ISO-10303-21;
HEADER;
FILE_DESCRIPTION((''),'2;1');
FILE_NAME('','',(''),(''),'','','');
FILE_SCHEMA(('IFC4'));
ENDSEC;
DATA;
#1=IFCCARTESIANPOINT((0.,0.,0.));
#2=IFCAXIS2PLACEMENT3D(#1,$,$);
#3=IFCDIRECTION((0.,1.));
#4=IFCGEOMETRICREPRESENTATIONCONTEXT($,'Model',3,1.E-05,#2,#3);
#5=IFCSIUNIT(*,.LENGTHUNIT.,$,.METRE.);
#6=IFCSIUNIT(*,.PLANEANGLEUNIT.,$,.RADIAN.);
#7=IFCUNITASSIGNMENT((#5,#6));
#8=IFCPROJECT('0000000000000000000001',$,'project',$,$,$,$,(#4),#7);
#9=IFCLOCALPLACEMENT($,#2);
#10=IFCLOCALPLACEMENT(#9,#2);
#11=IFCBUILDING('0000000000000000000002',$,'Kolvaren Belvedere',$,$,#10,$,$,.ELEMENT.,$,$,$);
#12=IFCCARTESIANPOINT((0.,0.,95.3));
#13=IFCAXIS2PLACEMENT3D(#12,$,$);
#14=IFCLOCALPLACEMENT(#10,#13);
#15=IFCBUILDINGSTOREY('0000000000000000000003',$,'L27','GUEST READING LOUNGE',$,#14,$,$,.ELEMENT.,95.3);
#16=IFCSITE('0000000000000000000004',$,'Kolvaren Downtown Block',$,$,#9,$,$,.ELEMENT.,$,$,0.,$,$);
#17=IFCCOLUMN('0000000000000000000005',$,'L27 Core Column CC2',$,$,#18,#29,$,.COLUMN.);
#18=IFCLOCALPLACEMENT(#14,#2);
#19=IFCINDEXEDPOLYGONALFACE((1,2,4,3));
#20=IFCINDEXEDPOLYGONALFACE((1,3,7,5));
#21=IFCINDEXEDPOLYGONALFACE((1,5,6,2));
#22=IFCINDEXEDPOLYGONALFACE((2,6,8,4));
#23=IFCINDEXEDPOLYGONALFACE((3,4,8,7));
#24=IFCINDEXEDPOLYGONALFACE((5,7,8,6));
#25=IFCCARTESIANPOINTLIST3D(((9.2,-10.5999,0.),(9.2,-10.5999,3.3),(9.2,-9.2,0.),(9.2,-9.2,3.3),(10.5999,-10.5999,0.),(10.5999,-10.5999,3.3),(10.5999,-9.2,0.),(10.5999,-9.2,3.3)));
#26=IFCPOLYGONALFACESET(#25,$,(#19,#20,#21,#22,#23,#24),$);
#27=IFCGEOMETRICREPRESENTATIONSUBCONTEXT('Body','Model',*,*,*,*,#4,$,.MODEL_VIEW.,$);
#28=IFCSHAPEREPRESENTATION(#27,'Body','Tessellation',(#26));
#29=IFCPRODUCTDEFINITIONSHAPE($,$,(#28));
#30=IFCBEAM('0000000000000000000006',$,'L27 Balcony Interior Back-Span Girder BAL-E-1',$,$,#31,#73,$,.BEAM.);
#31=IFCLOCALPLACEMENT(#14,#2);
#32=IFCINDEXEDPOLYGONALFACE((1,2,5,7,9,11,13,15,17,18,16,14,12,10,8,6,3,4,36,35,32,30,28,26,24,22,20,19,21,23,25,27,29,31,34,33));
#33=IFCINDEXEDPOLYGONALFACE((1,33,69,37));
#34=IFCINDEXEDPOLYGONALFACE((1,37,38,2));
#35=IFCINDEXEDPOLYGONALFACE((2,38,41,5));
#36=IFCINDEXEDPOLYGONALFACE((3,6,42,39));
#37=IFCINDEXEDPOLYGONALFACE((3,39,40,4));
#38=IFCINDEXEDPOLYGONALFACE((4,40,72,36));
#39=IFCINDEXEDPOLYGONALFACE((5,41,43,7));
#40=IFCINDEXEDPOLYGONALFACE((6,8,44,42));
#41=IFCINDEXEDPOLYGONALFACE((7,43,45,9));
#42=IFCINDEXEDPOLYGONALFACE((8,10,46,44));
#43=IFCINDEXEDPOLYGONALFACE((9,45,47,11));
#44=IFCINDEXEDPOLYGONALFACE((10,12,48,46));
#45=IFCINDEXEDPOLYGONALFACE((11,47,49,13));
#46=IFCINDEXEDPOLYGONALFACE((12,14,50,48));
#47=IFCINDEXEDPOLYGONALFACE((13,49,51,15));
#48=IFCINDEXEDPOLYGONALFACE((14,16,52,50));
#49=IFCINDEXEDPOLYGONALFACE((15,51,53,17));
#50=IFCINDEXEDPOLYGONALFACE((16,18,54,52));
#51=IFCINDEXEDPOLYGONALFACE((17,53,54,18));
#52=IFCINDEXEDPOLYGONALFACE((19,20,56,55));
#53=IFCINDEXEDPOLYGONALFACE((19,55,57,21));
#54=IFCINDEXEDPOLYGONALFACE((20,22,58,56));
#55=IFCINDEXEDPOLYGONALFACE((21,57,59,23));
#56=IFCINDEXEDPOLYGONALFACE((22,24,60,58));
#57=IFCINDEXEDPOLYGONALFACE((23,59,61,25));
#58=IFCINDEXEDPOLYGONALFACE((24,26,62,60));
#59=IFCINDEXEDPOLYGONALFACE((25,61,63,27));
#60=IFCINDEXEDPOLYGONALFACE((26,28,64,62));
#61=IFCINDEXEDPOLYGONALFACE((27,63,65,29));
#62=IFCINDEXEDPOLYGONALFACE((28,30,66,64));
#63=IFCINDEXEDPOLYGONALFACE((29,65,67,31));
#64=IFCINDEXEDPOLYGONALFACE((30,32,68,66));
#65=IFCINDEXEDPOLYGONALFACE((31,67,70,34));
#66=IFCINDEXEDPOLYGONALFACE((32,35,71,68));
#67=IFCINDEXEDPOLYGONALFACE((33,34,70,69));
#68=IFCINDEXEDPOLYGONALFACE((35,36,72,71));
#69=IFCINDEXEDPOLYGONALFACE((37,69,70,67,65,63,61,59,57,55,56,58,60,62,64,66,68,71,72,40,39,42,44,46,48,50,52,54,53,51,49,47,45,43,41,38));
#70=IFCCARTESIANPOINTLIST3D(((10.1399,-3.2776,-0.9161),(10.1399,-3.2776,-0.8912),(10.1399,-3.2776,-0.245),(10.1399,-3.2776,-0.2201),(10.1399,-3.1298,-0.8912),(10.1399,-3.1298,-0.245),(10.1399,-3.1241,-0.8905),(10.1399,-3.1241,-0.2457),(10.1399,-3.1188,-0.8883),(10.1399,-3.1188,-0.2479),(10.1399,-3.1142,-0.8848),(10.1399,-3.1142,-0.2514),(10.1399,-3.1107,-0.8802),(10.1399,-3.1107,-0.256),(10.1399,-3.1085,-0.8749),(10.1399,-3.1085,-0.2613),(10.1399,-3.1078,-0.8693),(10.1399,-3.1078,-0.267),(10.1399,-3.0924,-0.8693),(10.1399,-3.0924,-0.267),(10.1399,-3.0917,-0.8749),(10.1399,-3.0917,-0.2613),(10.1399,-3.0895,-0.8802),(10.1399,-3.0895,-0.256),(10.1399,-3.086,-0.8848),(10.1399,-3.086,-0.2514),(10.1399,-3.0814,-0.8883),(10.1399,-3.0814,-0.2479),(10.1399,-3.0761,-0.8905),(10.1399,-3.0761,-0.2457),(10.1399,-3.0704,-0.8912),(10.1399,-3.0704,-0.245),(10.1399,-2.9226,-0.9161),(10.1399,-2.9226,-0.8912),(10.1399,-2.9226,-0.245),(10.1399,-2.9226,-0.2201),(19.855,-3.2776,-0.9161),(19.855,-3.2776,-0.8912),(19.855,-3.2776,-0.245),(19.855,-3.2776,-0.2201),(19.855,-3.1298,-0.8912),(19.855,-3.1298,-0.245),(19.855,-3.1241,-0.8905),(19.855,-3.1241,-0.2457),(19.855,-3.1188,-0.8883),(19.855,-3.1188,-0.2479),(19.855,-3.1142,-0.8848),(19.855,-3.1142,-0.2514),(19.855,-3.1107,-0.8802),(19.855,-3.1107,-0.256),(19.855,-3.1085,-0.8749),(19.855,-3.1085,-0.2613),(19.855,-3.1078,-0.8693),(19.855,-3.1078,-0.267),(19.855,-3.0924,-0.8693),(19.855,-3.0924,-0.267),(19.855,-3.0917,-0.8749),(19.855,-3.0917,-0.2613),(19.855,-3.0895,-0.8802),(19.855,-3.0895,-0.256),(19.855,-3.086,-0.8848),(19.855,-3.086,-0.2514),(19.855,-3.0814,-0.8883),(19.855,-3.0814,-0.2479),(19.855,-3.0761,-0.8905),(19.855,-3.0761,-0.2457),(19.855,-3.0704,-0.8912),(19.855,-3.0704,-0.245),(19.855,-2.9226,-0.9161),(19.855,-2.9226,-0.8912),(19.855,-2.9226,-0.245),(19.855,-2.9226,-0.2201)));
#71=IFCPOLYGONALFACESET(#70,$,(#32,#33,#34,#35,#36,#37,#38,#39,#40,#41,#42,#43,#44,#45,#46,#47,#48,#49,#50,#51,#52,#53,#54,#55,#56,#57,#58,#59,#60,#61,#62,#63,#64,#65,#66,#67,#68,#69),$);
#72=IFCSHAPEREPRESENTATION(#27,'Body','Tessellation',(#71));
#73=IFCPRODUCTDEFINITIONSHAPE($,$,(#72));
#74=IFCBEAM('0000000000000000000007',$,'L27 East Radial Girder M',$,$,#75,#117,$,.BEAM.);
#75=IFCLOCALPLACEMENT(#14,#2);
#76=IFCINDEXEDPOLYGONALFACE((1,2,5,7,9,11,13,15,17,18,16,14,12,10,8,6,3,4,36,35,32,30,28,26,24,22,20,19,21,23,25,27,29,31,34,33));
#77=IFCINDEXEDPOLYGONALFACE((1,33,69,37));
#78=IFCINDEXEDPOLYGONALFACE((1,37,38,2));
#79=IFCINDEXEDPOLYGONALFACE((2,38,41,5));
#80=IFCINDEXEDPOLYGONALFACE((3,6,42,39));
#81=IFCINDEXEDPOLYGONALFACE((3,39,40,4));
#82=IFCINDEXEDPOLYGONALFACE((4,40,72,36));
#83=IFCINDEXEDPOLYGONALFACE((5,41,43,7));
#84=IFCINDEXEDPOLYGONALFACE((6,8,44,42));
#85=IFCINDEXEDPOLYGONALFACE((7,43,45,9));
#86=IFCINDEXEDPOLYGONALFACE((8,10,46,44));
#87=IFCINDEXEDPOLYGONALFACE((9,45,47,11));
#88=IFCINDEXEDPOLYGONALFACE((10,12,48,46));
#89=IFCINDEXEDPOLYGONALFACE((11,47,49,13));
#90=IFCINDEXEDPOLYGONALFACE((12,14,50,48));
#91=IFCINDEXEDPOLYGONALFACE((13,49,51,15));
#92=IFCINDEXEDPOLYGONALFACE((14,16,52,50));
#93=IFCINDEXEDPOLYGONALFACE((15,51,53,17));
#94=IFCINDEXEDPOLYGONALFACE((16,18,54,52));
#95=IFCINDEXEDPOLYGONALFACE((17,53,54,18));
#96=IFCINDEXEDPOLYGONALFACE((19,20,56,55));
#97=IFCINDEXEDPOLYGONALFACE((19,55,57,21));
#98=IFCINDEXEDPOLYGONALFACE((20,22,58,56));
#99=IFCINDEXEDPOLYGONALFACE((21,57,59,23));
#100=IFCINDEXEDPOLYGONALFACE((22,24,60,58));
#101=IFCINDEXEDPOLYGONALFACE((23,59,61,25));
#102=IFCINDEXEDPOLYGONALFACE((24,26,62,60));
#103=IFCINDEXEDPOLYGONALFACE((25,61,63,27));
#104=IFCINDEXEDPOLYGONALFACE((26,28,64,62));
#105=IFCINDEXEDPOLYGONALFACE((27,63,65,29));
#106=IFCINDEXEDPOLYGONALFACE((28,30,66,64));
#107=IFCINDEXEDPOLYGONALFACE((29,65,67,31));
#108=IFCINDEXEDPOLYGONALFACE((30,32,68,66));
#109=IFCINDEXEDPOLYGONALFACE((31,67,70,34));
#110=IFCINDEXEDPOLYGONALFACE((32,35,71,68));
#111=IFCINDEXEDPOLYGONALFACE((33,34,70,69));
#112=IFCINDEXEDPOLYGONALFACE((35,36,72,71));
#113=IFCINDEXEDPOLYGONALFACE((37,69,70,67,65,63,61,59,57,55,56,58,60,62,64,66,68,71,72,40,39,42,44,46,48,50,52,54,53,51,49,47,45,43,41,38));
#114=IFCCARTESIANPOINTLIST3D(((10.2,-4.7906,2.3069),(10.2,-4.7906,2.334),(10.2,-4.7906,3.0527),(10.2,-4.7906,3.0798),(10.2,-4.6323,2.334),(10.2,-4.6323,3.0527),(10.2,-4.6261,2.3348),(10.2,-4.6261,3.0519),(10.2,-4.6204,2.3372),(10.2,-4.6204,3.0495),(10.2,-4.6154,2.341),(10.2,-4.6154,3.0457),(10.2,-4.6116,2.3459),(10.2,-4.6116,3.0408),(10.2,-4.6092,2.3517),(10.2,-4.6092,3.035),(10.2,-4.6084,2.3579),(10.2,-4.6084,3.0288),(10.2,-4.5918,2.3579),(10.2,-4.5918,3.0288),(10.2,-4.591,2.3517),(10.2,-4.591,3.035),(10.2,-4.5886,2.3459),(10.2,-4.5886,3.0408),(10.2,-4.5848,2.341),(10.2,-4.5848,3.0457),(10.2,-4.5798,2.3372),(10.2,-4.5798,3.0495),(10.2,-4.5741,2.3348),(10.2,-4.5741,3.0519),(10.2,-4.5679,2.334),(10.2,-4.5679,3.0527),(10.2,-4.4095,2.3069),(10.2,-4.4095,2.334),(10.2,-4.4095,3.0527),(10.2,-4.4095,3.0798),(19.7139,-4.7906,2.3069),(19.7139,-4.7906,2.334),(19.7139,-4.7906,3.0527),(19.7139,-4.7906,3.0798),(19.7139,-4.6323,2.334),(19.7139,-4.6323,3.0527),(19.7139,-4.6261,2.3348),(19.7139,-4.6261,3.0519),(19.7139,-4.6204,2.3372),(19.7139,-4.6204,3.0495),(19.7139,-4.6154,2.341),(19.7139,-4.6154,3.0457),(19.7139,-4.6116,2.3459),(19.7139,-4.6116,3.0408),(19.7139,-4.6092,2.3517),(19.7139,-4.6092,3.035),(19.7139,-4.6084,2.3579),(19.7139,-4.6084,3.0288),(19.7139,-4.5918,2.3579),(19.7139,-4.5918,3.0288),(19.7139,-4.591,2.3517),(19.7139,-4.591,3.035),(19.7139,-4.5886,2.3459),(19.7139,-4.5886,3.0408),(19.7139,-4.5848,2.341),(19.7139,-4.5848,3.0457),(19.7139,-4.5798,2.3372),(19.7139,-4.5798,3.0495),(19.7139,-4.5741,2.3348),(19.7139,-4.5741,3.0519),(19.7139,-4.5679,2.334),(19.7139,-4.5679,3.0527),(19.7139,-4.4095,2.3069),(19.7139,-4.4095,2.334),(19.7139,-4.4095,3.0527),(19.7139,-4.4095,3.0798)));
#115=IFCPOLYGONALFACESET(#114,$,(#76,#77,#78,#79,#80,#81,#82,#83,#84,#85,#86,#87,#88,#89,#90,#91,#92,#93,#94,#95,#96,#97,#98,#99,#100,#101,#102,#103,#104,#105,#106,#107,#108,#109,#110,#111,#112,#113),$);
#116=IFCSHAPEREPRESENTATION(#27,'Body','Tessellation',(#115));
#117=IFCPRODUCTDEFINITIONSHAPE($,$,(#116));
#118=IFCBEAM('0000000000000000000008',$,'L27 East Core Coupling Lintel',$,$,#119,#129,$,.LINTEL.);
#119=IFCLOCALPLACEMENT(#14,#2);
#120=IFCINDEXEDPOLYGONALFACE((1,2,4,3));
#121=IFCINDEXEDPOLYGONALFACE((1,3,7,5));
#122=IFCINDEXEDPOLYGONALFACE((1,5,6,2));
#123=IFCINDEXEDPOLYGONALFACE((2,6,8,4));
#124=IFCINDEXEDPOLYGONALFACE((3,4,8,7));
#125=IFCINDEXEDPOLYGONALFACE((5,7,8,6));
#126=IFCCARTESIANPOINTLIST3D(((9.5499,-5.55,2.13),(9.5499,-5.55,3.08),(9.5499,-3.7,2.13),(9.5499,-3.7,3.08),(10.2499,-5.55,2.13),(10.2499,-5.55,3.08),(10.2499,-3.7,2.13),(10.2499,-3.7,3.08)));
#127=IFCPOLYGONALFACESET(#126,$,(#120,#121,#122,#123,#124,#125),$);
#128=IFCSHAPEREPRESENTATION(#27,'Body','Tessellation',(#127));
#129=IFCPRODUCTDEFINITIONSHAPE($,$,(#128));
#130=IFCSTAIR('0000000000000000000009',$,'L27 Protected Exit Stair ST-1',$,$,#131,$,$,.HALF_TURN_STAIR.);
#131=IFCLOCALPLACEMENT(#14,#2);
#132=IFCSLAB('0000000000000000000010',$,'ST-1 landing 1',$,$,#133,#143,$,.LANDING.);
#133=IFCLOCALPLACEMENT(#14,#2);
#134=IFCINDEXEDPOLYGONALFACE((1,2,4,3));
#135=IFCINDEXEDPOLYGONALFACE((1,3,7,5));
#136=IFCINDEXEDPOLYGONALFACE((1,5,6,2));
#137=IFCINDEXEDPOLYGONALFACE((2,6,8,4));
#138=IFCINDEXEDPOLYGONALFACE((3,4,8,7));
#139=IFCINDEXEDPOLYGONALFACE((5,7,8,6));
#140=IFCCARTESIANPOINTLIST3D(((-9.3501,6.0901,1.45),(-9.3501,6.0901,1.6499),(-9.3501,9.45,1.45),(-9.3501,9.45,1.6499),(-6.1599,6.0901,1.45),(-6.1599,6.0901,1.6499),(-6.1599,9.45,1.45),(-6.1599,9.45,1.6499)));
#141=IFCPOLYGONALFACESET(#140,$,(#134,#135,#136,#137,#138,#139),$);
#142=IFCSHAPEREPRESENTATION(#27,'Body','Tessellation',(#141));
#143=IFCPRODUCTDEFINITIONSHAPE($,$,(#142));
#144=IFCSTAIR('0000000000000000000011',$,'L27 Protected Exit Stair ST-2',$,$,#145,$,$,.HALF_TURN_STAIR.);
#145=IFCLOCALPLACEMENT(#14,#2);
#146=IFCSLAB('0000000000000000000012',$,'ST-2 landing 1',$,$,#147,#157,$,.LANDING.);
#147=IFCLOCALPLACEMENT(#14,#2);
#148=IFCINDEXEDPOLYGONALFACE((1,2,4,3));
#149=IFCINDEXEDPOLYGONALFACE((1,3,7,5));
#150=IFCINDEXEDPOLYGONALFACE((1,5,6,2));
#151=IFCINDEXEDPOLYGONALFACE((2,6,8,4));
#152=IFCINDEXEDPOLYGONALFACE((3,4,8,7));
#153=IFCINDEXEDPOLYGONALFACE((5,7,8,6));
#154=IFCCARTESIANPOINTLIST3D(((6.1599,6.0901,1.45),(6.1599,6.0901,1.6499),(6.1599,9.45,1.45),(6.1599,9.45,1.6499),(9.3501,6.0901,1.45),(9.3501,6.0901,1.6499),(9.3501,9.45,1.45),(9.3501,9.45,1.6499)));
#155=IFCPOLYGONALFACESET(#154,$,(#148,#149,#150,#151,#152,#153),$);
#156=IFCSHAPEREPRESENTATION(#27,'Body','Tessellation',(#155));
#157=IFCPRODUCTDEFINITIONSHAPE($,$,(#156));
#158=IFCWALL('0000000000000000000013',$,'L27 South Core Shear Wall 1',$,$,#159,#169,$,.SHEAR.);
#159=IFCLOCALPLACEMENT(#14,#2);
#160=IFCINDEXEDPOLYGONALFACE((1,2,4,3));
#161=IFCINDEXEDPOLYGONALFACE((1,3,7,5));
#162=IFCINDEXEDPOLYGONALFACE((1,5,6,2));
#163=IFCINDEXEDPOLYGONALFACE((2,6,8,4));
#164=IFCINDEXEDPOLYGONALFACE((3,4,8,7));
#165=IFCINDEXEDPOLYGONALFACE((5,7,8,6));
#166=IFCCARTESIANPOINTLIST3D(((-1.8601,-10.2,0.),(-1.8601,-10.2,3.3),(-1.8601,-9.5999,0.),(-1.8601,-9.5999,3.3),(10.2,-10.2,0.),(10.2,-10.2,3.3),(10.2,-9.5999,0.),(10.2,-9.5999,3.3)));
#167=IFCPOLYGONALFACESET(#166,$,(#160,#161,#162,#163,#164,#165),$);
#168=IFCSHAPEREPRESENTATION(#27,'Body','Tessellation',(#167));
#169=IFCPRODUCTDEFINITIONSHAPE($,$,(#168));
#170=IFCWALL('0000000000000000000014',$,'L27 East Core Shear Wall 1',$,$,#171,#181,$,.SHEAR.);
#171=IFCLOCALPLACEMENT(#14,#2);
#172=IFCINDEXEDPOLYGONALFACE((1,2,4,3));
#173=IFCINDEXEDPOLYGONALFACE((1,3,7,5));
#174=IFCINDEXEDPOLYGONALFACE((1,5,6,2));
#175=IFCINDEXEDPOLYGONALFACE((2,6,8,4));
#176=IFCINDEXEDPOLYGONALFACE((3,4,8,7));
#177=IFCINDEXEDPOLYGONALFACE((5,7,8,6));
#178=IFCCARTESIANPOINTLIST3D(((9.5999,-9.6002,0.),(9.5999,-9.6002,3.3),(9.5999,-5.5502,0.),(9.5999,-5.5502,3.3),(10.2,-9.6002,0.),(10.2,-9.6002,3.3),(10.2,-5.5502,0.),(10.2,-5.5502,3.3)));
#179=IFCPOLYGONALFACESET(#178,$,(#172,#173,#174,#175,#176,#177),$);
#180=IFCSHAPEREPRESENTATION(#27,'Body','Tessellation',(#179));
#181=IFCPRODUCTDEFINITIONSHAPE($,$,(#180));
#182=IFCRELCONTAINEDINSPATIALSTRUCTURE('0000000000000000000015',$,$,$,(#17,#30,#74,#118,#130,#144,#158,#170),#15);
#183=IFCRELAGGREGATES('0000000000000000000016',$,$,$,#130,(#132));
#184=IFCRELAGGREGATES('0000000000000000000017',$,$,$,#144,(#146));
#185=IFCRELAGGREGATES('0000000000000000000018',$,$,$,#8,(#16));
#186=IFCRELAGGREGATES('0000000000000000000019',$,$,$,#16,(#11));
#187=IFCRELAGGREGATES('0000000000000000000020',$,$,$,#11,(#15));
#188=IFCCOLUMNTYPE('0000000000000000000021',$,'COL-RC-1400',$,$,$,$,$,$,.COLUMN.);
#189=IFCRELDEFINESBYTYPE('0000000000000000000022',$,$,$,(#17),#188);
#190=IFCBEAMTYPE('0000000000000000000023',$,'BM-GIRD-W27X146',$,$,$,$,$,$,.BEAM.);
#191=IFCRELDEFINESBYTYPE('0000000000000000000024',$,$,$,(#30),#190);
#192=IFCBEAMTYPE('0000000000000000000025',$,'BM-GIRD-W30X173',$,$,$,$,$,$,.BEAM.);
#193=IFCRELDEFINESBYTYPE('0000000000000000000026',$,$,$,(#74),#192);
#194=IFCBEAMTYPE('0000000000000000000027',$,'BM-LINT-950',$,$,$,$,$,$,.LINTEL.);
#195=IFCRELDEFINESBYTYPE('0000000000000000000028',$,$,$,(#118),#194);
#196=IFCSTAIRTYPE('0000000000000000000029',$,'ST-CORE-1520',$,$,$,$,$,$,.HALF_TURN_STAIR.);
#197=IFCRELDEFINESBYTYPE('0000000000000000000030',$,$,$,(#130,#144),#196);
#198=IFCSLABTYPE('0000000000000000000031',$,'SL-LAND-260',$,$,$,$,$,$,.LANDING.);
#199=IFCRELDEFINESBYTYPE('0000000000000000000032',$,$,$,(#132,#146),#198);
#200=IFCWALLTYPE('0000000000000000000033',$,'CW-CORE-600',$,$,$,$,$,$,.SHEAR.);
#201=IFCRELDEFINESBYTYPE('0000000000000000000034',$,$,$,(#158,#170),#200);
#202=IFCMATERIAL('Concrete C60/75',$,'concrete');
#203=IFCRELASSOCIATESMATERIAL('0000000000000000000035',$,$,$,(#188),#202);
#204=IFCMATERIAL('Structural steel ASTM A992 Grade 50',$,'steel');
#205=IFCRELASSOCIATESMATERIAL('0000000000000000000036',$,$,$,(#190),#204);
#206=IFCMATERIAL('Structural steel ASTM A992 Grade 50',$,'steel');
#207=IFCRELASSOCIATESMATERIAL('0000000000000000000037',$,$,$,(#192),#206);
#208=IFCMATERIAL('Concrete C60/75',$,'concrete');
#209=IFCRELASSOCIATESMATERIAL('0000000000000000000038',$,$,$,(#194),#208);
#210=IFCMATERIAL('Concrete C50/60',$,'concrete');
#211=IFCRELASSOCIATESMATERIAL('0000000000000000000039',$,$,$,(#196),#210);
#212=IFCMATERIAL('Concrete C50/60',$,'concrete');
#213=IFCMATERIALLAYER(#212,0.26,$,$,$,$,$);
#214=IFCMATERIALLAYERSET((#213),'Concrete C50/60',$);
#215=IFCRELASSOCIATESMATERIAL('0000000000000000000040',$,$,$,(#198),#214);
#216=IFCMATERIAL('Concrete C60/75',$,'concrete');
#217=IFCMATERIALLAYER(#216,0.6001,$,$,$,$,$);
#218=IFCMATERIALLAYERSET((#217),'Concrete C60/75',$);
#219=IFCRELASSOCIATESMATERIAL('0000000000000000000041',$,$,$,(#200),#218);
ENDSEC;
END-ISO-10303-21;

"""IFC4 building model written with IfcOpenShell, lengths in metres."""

from ifc_helpers import new_model, si_unit, direction, frame, frame_2d, origin, origin_2d, place, context, subcontext, project, spatial, polyline, rectangle, i_section, outline, extrude, material, layer, layer_set, material_profile, profile_set, type_object, element, aggregate, save


model = new_model("IFC4")

# Units and contexts
model_context = context("Model", 3, precision=1e-05, world=origin(), true_north=direction((0.0, 1.0)))
body_context = subcontext(model_context, "Body", "Model", "MODEL_VIEW")
ifc_project = project(units=[si_unit("LENGTHUNIT", "METRE"), si_unit("PLANEANGLEUNIT", "RADIAN")], contexts=[model_context])

# Site, building, storey
site_placement = place(None, origin())
site = spatial("IfcSite", under=ifc_project, at=site_placement, Name="Kolvaren Downtown Block", CompositionType="ELEMENT", RefElevation=0.0)
building_placement = place(site_placement, origin())
building = spatial("IfcBuilding", under=site, at=building_placement, Name="Kolvaren Belvedere", CompositionType="ELEMENT")
storey_placement = place(building_placement, frame((0.0, 0.0, 95.3)))
storey = spatial("IfcBuildingStorey", under=building, at=storey_placement, Name="L27", Description="GUEST READING LOUNGE", CompositionType="ELEMENT", Elevation=95.3)

# Column
ifc_material_1 = material(Name="Concrete C60/75", Category="concrete")
ifc_material_profile_1 = material_profile(ifc_material_1, rectangle(XDim=1.3999, YDim=1.3999, at=origin_2d()), Name="RC 1400X1400")
ifc_profile_set_1 = profile_set([ifc_material_profile_1], Name="Concrete C60/75")
column_type = type_object("IfcColumnType", Name="COL-RC-1400", PredefinedType="COLUMN", material=ifc_profile_set_1)
column_placement = place(storey_placement, frame((9.8999, -9.8999, 0.0), z_axis=(0.0, 0.0, 1.0), x_axis=(1.0, 0.0, 0.0)))
element("IfcColumn", 1, at=column_placement, inside=storey, type_object=column_type, Name="L27 Core Column CC2", PredefinedType="COLUMN", context=body_context, shape_type="SweptSolid", body=[
    extrude(rectangle(XDim=1.3999, YDim=1.3999, at=origin_2d()), origin(), (0.0, 0.0, 1.0), 3.3),
])

# Beams
ifc_material_2 = material(Name="Structural steel ASTM A992 Grade 50", Category="steel")
ifc_material_profile_2 = material_profile(ifc_material_2, i_section(OverallWidth=0.355, OverallDepth=0.696, WebThickness=0.0154, FlangeThickness=0.0249, FilletRadius=0.022, at=origin_2d()), Name="W27X146")
ifc_profile_set_2 = profile_set([ifc_material_profile_2], Name="Structural steel ASTM A992 Grade 50")
beam_type_1 = type_object("IfcBeamType", Name="BM-GIRD-W27X146", PredefinedType="BEAM", material=ifc_profile_set_2)
beam_1_placement = place(storey_placement, frame((10.1399, -3.1001, -0.5681), z_axis=(1.0, 0.0, 0.0), x_axis=(0.0, 1.0, 0.0)))
element("IfcBeam", 2, at=beam_1_placement, inside=storey, type_object=beam_type_1, Name="L27 Balcony Interior Back-Span Girder BAL-E-1", PredefinedType="BEAM", context=body_context, shape_type="SweptSolid", body=[
    extrude(i_section(OverallWidth=0.355, OverallDepth=0.696, WebThickness=0.0154, FlangeThickness=0.0249, FilletRadius=0.022, at=origin_2d()), origin(), (0.0, 0.0, 1.0), 9.7151),
])
ifc_material_3 = material(Name="Structural steel ASTM A992 Grade 50", Category="steel")
ifc_material_profile_3 = material_profile(ifc_material_3, i_section(OverallWidth=0.3811, OverallDepth=0.7729, WebThickness=0.0166, FlangeThickness=0.0271, FilletRadius=0.0239, at=origin_2d()), Name="W30X173")
ifc_profile_set_3 = profile_set([ifc_material_profile_3], Name="Structural steel ASTM A992 Grade 50")
beam_type_2 = type_object("IfcBeamType", Name="BM-GIRD-W30X173", PredefinedType="BEAM", material=ifc_profile_set_3)
beam_2_placement = place(storey_placement, frame((10.2, -4.6001, 2.6934), z_axis=(1.0, 0.0, 0.0), x_axis=(0.0, 1.0, 0.0)))
element("IfcBeam", 3, at=beam_2_placement, inside=storey, type_object=beam_type_2, Name="L27 East Radial Girder M", PredefinedType="BEAM", context=body_context, shape_type="SweptSolid", body=[
    extrude(i_section(OverallWidth=0.3811, OverallDepth=0.7729, WebThickness=0.0166, FlangeThickness=0.0271, FilletRadius=0.0239, at=origin_2d()), origin(), (0.0, 0.0, 1.0), 9.5139),
])
ifc_material_4 = material(Name="Concrete C60/75", Category="concrete")
ifc_material_profile_4 = material_profile(ifc_material_4, rectangle(XDim=0.7, YDim=0.95, at=origin_2d()), Name="RC 700X950")
ifc_profile_set_4 = profile_set([ifc_material_profile_4], Name="Concrete C60/75")
beam_type_3 = type_object("IfcBeamType", Name="BM-LINT-950", PredefinedType="LINTEL", material=ifc_profile_set_4)
beam_3_placement = place(storey_placement, frame((9.8999, -5.55, 2.605), z_axis=(0.0, 1.0, 0.0), x_axis=(-1.0, 0.0, 0.0)))
element("IfcBeam", 4, at=beam_3_placement, inside=storey, type_object=beam_type_3, Name="L27 East Core Coupling Lintel", PredefinedType="LINTEL", context=body_context, shape_type="SweptSolid", body=[
    extrude(rectangle(XDim=0.7, YDim=0.95, at=origin_2d()), origin(), (0.0, 0.0, 1.0), 1.8501),
])

# Stairs, slabs
ifc_material_5 = material(Name="Concrete C50/60", Category="concrete")
stair_type = type_object("IfcStairType", Name="ST-CORE-1520", PredefinedType="HALF_TURN_STAIR", material=ifc_material_5)
stair_1_placement = place(storey_placement, origin())
stair_1 = element("IfcStair", 5, at=stair_1_placement, inside=storey, type_object=stair_type, Name="L27 Protected Exit Stair ST-1", PredefinedType="HALF_TURN_STAIR")
ifc_material_6 = material(Name="Concrete C50/60", Category="concrete")
ifc_layer_1 = layer(ifc_material_6, 0.26)
ifc_layer_set_1 = layer_set([ifc_layer_1], Name="Concrete C50/60")
slab_type = type_object("IfcSlabType", Name="SL-LAND-260", PredefinedType="LANDING", material=ifc_layer_set_1)
slab_1_placement = place(storey_placement, frame((0.0, 0.0, 1.45)))
slab_1 = element("IfcSlab", 6, at=slab_1_placement, type_object=slab_type, Name="ST-1 landing 1", PredefinedType="LANDING", context=body_context, shape_type="SweptSolid", body=[
    extrude(outline(polyline([(-6.1599, 6.0901), (-6.1599, 9.45), (-9.3501, 9.45), (-9.3501, 6.0901), (-6.1599, 6.0901)])), origin(), (0.0, 0.0, 1.0), 0.2),
])
aggregate(stair_1, [slab_1])
stair_2_placement = place(storey_placement, origin())
stair_2 = element("IfcStair", 7, at=stair_2_placement, inside=storey, type_object=stair_type, Name="L27 Protected Exit Stair ST-2", PredefinedType="HALF_TURN_STAIR")
slab_2_placement = place(storey_placement, frame((0.0, 0.0, 1.45)))
slab_2 = element("IfcSlab", 8, at=slab_2_placement, type_object=slab_type, Name="ST-2 landing 1", PredefinedType="LANDING", context=body_context, shape_type="SweptSolid", body=[
    extrude(outline(polyline([(9.3501, 6.0901), (9.3501, 9.45), (6.1599, 9.45), (6.1599, 6.0901), (9.3501, 6.0901)])), origin(), (0.0, 0.0, 1.0), 0.2),
])
aggregate(stair_2, [slab_2])

# Walls
ifc_material_7 = material(Name="Concrete C60/75", Category="concrete")
ifc_layer_2 = layer(ifc_material_7, 0.6001)
ifc_layer_set_2 = layer_set([ifc_layer_2], Name="Concrete C60/75")
wall_type_1 = type_object("IfcWallType", Name="CW-CORE-600", PredefinedType="SHEAR", material=ifc_layer_set_2)
wall_1_placement = place(storey_placement, frame((10.2, -9.8999, 0.0), z_axis=(0.0, 0.0, 1.0), x_axis=(-1.0, 0.0, 0.0)))
element("IfcWall", 9, at=wall_1_placement, inside=storey, type_object=wall_type_1, Name="L27 South Core Shear Wall 1", PredefinedType="SHEAR", context=body_context, shape_type="SweptSolid", body=[
    extrude(rectangle(XDim=12.0601, YDim=0.6001, at=frame_2d((6.03, 0.0))), origin(), (0.0, 0.0, 1.0), 3.3),
])
wall_2_placement = place(storey_placement, frame((9.8999, -9.6001, 0.0), z_axis=(0.0, 0.0, 1.0), x_axis=(0.0, 1.0, 0.0)))
element("IfcWall", 10, at=wall_2_placement, inside=storey, type_object=wall_type_1, Name="L27 East Core Shear Wall 1", PredefinedType="SHEAR", context=body_context, shape_type="SweptSolid", body=[
    extrude(rectangle(XDim=4.05, YDim=0.6001, at=frame_2d((2.0249, 0.0))), origin(), (0.0, 0.0, 1.0), 3.3),
])

save(model, "model.ifc")
